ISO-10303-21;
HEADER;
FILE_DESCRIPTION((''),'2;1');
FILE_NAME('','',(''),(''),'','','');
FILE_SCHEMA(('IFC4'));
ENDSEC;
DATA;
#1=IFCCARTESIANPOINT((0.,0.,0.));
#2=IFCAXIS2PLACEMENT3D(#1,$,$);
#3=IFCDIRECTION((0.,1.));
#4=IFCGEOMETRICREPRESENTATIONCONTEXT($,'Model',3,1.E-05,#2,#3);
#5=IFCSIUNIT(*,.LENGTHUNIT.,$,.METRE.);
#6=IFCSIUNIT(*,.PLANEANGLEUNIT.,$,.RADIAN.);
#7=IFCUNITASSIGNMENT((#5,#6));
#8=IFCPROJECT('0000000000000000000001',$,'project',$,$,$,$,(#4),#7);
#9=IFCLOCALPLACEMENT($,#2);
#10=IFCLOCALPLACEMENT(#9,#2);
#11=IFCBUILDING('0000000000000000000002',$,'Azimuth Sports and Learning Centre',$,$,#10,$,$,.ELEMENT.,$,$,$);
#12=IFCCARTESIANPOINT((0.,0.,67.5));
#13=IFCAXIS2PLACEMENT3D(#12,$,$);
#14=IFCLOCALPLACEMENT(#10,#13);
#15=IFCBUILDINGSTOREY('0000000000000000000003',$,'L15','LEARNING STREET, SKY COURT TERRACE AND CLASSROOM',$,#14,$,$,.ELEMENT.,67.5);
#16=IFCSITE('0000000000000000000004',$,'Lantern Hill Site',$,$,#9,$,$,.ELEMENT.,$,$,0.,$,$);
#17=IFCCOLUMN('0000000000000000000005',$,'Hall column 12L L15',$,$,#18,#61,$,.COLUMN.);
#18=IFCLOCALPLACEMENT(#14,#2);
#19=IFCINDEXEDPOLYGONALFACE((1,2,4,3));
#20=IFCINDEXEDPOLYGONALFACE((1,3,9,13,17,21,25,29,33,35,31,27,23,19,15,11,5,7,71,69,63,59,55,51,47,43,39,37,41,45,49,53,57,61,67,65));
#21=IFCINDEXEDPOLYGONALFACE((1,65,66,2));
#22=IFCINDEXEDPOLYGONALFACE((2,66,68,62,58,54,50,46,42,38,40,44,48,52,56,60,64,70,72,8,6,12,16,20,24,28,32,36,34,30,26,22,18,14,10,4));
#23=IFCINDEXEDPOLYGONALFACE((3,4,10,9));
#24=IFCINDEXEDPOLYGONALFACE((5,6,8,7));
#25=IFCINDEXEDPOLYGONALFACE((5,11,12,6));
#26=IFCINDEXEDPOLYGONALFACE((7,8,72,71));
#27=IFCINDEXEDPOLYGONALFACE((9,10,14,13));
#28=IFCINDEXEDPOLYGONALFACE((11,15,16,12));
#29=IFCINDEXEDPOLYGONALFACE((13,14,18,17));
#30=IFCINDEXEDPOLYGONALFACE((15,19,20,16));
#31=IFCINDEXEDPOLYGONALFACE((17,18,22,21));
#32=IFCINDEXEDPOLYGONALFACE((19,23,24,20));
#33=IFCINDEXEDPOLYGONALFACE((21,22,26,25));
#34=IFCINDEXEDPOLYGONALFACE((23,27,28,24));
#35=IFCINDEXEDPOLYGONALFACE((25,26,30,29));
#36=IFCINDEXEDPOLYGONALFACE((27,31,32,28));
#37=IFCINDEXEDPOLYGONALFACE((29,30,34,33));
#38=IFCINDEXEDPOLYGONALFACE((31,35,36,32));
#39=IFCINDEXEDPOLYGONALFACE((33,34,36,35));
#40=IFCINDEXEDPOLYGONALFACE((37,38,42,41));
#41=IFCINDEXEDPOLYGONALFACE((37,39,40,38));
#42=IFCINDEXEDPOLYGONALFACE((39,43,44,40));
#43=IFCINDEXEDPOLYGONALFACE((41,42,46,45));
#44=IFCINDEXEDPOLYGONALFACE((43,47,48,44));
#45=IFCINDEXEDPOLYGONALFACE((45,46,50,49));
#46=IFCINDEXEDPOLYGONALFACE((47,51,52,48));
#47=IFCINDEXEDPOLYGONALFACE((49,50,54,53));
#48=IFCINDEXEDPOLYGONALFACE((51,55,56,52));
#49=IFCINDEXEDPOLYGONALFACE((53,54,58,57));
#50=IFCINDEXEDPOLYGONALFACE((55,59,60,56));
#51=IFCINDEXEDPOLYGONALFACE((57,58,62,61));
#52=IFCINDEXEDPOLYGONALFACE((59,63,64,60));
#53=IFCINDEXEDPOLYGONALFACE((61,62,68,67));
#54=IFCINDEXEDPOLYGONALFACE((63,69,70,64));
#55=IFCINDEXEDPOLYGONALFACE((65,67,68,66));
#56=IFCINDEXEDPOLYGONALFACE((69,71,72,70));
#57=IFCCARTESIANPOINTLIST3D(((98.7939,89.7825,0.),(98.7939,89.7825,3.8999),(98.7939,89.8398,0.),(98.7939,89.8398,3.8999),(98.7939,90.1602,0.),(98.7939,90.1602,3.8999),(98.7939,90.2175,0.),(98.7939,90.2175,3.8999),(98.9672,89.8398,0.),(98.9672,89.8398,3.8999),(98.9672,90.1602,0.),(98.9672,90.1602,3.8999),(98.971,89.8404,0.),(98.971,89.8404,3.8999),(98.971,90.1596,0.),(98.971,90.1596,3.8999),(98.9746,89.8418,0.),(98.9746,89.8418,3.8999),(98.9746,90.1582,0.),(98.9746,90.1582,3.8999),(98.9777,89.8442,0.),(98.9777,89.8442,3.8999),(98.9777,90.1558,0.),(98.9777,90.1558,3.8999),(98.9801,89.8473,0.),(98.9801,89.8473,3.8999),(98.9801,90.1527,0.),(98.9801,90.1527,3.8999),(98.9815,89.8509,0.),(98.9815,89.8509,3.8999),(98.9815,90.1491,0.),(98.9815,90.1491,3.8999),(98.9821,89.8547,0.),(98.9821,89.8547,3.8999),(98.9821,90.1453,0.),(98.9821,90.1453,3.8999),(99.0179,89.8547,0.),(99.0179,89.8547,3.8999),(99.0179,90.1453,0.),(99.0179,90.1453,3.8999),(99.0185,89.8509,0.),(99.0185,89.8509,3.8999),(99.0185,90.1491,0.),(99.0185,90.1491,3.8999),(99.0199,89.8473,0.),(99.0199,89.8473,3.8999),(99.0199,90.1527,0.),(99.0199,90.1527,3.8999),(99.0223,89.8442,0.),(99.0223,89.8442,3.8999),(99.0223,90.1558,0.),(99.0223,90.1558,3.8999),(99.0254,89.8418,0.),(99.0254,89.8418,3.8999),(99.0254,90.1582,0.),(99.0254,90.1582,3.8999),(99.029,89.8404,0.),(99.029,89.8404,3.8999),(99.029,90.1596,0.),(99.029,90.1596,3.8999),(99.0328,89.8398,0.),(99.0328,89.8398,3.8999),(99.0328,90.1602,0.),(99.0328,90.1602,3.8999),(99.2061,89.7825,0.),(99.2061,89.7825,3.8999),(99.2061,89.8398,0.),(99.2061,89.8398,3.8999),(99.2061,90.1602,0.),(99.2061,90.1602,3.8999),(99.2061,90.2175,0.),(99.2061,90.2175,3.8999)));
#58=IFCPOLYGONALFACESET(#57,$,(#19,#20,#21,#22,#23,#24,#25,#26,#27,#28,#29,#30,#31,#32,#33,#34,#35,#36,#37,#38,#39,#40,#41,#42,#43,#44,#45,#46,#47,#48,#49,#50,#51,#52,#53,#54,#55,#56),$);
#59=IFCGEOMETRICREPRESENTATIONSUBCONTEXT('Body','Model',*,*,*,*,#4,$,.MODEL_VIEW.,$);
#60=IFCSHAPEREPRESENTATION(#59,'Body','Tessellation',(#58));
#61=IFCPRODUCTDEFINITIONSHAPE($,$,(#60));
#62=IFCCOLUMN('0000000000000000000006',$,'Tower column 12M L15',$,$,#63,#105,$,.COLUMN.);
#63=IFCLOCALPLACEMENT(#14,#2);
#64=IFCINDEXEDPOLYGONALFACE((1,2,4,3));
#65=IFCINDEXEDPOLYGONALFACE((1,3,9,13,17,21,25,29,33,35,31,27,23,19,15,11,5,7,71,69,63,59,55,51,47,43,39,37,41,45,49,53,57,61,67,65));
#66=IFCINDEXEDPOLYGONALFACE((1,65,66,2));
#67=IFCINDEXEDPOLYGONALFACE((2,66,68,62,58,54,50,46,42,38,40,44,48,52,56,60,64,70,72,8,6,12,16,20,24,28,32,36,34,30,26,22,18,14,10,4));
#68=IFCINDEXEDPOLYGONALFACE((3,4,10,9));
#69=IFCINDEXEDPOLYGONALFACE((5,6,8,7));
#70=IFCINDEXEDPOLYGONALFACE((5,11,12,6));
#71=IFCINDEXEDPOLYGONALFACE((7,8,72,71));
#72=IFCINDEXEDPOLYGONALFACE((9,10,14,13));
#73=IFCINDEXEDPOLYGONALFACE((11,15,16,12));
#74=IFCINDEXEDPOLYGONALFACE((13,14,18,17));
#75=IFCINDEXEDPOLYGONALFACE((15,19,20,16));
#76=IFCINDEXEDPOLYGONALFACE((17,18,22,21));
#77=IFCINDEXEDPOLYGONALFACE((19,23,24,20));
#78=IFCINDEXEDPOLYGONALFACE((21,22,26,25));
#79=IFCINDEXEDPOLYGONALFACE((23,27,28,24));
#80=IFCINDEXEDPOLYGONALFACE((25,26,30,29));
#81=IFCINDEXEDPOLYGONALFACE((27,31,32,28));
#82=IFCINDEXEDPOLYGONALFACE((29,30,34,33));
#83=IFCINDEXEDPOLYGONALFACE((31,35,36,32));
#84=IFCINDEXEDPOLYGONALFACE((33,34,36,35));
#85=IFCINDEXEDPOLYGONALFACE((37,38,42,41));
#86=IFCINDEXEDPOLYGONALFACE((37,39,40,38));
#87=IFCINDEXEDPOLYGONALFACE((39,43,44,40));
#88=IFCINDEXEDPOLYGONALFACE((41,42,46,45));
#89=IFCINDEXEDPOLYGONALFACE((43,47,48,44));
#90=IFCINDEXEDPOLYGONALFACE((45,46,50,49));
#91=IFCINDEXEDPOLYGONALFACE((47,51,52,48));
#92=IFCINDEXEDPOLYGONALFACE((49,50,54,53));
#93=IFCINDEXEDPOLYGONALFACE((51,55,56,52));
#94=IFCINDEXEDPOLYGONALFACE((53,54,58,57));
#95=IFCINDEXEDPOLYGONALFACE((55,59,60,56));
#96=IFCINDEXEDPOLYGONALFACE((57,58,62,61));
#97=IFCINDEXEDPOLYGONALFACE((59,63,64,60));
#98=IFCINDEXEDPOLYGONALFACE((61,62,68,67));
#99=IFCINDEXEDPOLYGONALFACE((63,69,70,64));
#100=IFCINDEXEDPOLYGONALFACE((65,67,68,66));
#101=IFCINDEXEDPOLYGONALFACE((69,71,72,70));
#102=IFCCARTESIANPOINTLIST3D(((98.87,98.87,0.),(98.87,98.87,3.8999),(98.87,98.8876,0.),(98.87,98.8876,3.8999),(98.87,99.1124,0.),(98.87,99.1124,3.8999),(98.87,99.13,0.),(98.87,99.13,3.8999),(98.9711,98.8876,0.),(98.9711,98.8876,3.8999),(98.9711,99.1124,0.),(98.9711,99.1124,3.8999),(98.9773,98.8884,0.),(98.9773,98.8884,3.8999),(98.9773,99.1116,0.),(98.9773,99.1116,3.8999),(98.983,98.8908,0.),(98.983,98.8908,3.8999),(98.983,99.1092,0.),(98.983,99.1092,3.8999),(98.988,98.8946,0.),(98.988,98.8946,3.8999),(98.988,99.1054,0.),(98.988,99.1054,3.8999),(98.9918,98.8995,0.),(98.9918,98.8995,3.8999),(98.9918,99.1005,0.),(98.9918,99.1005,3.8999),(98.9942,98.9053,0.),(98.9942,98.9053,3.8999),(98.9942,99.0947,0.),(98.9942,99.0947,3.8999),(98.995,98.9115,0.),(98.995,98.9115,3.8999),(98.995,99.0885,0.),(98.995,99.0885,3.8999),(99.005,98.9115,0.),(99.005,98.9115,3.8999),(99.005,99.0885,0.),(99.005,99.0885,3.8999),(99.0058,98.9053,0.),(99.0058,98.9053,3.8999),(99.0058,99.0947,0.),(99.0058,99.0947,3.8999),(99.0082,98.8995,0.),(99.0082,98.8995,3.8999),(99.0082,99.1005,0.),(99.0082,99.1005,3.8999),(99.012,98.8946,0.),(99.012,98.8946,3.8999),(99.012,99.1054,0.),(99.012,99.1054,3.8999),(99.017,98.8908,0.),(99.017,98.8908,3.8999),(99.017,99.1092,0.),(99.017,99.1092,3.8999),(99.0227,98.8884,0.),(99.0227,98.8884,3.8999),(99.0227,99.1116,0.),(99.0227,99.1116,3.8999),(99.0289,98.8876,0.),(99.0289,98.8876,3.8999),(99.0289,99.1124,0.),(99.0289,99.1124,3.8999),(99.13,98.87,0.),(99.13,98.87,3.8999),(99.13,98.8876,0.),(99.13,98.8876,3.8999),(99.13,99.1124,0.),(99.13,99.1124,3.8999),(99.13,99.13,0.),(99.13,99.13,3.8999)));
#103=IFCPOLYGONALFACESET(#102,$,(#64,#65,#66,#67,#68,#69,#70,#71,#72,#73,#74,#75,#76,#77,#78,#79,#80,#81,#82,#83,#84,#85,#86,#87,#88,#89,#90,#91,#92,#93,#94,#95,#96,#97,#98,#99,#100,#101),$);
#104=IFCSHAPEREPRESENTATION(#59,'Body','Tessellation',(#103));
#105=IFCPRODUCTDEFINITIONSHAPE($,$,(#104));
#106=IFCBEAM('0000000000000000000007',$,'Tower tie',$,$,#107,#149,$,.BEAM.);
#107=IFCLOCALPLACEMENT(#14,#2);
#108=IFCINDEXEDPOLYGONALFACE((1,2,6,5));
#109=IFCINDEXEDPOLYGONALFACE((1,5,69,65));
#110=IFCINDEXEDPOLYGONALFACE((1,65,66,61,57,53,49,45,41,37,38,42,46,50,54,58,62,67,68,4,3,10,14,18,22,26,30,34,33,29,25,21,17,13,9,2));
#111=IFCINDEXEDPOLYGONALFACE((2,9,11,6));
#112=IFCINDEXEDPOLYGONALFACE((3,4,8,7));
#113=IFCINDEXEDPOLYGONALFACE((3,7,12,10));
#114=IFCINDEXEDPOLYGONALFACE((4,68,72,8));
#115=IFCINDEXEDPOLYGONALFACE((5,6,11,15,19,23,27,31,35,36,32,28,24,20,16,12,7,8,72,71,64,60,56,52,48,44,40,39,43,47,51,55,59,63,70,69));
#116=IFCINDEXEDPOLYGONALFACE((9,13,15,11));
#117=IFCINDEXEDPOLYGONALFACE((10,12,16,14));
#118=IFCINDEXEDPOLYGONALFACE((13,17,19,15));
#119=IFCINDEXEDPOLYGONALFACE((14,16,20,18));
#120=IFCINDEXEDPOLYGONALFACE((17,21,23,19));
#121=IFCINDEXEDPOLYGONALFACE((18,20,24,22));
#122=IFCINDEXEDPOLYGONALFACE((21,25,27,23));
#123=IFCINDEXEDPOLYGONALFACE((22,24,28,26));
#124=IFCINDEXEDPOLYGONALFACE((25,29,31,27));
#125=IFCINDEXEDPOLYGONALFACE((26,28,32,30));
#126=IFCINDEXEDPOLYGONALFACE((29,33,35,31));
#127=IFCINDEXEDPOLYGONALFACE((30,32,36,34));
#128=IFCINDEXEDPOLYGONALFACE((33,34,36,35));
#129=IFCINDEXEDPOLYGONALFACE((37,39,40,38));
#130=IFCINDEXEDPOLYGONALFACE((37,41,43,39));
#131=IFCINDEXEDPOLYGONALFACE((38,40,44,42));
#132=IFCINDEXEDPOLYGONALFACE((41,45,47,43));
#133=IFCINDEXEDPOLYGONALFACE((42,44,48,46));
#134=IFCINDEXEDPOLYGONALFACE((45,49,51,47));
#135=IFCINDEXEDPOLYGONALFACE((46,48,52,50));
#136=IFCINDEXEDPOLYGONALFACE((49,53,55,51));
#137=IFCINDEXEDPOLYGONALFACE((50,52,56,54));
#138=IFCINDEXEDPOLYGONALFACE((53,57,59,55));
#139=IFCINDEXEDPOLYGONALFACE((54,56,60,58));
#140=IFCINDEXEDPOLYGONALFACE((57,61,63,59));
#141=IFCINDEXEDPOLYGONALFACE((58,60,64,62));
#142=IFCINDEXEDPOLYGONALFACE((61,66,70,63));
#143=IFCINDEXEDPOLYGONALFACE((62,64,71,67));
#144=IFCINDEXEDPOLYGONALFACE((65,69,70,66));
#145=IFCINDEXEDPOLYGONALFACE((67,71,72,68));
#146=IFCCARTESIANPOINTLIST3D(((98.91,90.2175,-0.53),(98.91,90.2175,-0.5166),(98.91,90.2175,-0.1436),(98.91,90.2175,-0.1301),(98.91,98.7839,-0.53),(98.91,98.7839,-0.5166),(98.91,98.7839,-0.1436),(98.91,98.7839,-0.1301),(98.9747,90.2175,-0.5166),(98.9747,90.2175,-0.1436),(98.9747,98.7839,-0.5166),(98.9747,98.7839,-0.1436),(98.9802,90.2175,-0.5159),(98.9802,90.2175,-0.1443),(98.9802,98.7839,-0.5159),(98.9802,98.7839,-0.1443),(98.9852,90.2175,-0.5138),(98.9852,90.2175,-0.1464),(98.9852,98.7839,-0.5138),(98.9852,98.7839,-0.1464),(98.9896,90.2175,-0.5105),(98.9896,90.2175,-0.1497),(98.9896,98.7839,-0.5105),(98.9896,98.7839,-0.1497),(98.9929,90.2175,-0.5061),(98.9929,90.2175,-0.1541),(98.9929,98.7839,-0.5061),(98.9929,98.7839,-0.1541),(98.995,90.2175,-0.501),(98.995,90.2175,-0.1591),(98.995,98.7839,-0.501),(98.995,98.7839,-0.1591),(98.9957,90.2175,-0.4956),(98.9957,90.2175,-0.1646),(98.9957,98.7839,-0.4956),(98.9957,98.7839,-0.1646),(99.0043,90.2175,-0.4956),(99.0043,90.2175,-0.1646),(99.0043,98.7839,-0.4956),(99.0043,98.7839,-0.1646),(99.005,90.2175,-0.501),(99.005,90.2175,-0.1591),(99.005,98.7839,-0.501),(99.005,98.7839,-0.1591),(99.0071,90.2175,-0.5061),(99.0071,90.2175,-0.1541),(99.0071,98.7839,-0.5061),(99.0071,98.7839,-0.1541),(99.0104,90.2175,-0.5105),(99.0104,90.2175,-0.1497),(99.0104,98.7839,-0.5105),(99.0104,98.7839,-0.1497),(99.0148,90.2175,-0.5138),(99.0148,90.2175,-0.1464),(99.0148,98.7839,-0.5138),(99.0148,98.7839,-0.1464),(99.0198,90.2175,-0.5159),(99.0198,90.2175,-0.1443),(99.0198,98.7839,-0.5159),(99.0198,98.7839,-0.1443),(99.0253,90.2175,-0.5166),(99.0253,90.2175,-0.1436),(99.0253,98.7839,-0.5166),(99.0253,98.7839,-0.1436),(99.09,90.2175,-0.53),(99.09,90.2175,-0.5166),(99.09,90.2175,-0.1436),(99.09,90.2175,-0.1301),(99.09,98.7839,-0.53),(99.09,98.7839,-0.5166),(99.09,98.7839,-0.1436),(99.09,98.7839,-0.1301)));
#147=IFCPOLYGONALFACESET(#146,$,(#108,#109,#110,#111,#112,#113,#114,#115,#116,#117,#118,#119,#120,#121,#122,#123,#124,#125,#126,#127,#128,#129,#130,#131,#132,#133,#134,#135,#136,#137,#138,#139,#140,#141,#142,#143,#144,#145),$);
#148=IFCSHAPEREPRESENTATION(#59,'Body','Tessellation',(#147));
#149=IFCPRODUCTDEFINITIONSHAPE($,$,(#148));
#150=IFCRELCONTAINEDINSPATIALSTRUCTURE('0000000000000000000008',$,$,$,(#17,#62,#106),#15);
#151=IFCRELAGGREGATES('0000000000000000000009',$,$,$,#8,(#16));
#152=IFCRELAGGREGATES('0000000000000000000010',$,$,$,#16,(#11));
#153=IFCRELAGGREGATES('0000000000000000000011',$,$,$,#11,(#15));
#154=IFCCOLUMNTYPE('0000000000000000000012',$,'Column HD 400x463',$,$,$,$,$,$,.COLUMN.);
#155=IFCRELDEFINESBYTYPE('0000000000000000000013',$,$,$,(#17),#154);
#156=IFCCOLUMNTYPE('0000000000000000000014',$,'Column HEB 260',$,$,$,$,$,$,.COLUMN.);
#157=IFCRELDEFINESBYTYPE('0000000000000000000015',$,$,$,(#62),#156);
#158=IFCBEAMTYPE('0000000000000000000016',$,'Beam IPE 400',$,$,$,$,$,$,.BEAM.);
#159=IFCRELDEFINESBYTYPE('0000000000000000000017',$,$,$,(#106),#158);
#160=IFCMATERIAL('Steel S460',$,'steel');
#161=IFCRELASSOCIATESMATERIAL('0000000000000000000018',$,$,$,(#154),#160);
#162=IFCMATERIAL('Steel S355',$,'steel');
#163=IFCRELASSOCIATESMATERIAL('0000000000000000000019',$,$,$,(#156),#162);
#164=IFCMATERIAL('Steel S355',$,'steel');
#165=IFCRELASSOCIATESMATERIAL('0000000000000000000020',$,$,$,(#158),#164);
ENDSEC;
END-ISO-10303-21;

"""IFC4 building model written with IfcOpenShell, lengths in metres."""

from ifc_helpers import new_model, si_unit, direction, frame, origin, origin_2d, place, context, subcontext, project, spatial, i_section, extrude, material, material_profile, profile_set, type_object, element, save


model = new_model("IFC4")

# Units and contexts
model_context = context("Model", 3, precision=1e-05, world=origin(), true_north=direction((0.0, 1.0)))
body_context = subcontext(model_context, "Body", "Model", "MODEL_VIEW")
ifc_project = project(units=[si_unit("LENGTHUNIT", "METRE"), si_unit("PLANEANGLEUNIT", "RADIAN")], contexts=[model_context])

# Site, building, storey
site_placement = place(None, origin())
site = spatial("IfcSite", under=ifc_project, at=site_placement, Name="Lantern Hill Site", CompositionType="ELEMENT", RefElevation=0.0)
building_placement = place(site_placement, origin())
building = spatial("IfcBuilding", under=site, at=building_placement, Name="Azimuth Sports and Learning Centre", CompositionType="ELEMENT")
storey_placement = place(building_placement, frame((0.0, 0.0, 67.5)))
storey = spatial("IfcBuildingStorey", under=building, at=storey_placement, Name="L15", Description="LEARNING STREET, SKY COURT TERRACE AND CLASSROOM", CompositionType="ELEMENT", Elevation=67.5)

# Columns
ifc_material_1 = material(Name="Steel S460", Category="steel")
ifc_material_profile_1 = material_profile(ifc_material_1, i_section(OverallWidth=0.4121, OverallDepth=0.4351, WebThickness=0.0359, FlangeThickness=0.0574, FilletRadius=0.0149, at=origin_2d()), Name="HD 400x463")
ifc_profile_set_1 = profile_set([ifc_material_profile_1], Name="Steel S460")
column_type_1 = type_object("IfcColumnType", Name="Column HD 400x463", PredefinedType="COLUMN", material=ifc_profile_set_1)
column_1_placement = place(storey_placement, frame((99.0, 90.0, 0.0), z_axis=(0.0, 0.0, 1.0), x_axis=(1.0, 0.0, 0.0)))
element("IfcColumn", 1, at=column_1_placement, inside=storey, type_object=column_type_1, Name="Hall column 12L L15", PredefinedType="COLUMN", context=body_context, shape_type="SweptSolid", body=[
    extrude(i_section(OverallWidth=0.4121, OverallDepth=0.4351, WebThickness=0.0359, FlangeThickness=0.0574, FilletRadius=0.0149, at=origin_2d()), origin(), (0.0, 0.0, 1.0), 3.8999),
])
ifc_material_2 = material(Name="Steel S355", Category="steel")
ifc_material_profile_2 = material_profile(ifc_material_2, i_section(OverallWidth=0.26, OverallDepth=0.26, WebThickness=0.01, FlangeThickness=0.0176, FilletRadius=0.0239, at=origin_2d()), Name="HEB 260")
ifc_profile_set_2 = profile_set([ifc_material_profile_2], Name="Steel S355")
column_type_2 = type_object("IfcColumnType", Name="Column HEB 260", PredefinedType="COLUMN", material=ifc_profile_set_2)
column_2_placement = place(storey_placement, frame((99.0, 99.0, 0.0), z_axis=(0.0, 0.0, 1.0), x_axis=(1.0, 0.0, 0.0)))
element("IfcColumn", 2, at=column_2_placement, inside=storey, type_object=column_type_2, Name="Tower column 12M L15", PredefinedType="COLUMN", context=body_context, shape_type="SweptSolid", body=[
    extrude(i_section(OverallWidth=0.26, OverallDepth=0.26, WebThickness=0.01, FlangeThickness=0.0176, FilletRadius=0.0239, at=origin_2d()), origin(), (0.0, 0.0, 1.0), 3.8999),
])

# Beam
ifc_material_3 = material(Name="Steel S355", Category="steel")
ifc_material_profile_3 = material_profile(ifc_material_3, i_section(OverallWidth=0.1799, OverallDepth=0.3999, WebThickness=0.0085, FlangeThickness=0.0134, FilletRadius=0.021, at=origin_2d()), Name="IPE 400")
ifc_profile_set_3 = profile_set([ifc_material_profile_3], Name="Steel S355")
beam_type_1 = type_object("IfcBeamType", Name="Beam IPE 400", PredefinedType="BEAM", material=ifc_profile_set_3)
beam_1_placement = place(storey_placement, frame((99.0, 90.2175, -0.3301), z_axis=(0.0, 1.0, 0.0), x_axis=(-1.0, 0.0, 0.0)))
element("IfcBeam", 3, at=beam_1_placement, inside=storey, type_object=beam_type_1, Name="Tower tie", PredefinedType="BEAM", context=body_context, shape_type="SweptSolid", body=[
    extrude(i_section(OverallWidth=0.1799, OverallDepth=0.3999, WebThickness=0.0085, FlangeThickness=0.0134, FilletRadius=0.021, at=origin_2d()), origin(), (0.0, 0.0, 1.0), 8.5664),
])

save(model, "model.ifc")
